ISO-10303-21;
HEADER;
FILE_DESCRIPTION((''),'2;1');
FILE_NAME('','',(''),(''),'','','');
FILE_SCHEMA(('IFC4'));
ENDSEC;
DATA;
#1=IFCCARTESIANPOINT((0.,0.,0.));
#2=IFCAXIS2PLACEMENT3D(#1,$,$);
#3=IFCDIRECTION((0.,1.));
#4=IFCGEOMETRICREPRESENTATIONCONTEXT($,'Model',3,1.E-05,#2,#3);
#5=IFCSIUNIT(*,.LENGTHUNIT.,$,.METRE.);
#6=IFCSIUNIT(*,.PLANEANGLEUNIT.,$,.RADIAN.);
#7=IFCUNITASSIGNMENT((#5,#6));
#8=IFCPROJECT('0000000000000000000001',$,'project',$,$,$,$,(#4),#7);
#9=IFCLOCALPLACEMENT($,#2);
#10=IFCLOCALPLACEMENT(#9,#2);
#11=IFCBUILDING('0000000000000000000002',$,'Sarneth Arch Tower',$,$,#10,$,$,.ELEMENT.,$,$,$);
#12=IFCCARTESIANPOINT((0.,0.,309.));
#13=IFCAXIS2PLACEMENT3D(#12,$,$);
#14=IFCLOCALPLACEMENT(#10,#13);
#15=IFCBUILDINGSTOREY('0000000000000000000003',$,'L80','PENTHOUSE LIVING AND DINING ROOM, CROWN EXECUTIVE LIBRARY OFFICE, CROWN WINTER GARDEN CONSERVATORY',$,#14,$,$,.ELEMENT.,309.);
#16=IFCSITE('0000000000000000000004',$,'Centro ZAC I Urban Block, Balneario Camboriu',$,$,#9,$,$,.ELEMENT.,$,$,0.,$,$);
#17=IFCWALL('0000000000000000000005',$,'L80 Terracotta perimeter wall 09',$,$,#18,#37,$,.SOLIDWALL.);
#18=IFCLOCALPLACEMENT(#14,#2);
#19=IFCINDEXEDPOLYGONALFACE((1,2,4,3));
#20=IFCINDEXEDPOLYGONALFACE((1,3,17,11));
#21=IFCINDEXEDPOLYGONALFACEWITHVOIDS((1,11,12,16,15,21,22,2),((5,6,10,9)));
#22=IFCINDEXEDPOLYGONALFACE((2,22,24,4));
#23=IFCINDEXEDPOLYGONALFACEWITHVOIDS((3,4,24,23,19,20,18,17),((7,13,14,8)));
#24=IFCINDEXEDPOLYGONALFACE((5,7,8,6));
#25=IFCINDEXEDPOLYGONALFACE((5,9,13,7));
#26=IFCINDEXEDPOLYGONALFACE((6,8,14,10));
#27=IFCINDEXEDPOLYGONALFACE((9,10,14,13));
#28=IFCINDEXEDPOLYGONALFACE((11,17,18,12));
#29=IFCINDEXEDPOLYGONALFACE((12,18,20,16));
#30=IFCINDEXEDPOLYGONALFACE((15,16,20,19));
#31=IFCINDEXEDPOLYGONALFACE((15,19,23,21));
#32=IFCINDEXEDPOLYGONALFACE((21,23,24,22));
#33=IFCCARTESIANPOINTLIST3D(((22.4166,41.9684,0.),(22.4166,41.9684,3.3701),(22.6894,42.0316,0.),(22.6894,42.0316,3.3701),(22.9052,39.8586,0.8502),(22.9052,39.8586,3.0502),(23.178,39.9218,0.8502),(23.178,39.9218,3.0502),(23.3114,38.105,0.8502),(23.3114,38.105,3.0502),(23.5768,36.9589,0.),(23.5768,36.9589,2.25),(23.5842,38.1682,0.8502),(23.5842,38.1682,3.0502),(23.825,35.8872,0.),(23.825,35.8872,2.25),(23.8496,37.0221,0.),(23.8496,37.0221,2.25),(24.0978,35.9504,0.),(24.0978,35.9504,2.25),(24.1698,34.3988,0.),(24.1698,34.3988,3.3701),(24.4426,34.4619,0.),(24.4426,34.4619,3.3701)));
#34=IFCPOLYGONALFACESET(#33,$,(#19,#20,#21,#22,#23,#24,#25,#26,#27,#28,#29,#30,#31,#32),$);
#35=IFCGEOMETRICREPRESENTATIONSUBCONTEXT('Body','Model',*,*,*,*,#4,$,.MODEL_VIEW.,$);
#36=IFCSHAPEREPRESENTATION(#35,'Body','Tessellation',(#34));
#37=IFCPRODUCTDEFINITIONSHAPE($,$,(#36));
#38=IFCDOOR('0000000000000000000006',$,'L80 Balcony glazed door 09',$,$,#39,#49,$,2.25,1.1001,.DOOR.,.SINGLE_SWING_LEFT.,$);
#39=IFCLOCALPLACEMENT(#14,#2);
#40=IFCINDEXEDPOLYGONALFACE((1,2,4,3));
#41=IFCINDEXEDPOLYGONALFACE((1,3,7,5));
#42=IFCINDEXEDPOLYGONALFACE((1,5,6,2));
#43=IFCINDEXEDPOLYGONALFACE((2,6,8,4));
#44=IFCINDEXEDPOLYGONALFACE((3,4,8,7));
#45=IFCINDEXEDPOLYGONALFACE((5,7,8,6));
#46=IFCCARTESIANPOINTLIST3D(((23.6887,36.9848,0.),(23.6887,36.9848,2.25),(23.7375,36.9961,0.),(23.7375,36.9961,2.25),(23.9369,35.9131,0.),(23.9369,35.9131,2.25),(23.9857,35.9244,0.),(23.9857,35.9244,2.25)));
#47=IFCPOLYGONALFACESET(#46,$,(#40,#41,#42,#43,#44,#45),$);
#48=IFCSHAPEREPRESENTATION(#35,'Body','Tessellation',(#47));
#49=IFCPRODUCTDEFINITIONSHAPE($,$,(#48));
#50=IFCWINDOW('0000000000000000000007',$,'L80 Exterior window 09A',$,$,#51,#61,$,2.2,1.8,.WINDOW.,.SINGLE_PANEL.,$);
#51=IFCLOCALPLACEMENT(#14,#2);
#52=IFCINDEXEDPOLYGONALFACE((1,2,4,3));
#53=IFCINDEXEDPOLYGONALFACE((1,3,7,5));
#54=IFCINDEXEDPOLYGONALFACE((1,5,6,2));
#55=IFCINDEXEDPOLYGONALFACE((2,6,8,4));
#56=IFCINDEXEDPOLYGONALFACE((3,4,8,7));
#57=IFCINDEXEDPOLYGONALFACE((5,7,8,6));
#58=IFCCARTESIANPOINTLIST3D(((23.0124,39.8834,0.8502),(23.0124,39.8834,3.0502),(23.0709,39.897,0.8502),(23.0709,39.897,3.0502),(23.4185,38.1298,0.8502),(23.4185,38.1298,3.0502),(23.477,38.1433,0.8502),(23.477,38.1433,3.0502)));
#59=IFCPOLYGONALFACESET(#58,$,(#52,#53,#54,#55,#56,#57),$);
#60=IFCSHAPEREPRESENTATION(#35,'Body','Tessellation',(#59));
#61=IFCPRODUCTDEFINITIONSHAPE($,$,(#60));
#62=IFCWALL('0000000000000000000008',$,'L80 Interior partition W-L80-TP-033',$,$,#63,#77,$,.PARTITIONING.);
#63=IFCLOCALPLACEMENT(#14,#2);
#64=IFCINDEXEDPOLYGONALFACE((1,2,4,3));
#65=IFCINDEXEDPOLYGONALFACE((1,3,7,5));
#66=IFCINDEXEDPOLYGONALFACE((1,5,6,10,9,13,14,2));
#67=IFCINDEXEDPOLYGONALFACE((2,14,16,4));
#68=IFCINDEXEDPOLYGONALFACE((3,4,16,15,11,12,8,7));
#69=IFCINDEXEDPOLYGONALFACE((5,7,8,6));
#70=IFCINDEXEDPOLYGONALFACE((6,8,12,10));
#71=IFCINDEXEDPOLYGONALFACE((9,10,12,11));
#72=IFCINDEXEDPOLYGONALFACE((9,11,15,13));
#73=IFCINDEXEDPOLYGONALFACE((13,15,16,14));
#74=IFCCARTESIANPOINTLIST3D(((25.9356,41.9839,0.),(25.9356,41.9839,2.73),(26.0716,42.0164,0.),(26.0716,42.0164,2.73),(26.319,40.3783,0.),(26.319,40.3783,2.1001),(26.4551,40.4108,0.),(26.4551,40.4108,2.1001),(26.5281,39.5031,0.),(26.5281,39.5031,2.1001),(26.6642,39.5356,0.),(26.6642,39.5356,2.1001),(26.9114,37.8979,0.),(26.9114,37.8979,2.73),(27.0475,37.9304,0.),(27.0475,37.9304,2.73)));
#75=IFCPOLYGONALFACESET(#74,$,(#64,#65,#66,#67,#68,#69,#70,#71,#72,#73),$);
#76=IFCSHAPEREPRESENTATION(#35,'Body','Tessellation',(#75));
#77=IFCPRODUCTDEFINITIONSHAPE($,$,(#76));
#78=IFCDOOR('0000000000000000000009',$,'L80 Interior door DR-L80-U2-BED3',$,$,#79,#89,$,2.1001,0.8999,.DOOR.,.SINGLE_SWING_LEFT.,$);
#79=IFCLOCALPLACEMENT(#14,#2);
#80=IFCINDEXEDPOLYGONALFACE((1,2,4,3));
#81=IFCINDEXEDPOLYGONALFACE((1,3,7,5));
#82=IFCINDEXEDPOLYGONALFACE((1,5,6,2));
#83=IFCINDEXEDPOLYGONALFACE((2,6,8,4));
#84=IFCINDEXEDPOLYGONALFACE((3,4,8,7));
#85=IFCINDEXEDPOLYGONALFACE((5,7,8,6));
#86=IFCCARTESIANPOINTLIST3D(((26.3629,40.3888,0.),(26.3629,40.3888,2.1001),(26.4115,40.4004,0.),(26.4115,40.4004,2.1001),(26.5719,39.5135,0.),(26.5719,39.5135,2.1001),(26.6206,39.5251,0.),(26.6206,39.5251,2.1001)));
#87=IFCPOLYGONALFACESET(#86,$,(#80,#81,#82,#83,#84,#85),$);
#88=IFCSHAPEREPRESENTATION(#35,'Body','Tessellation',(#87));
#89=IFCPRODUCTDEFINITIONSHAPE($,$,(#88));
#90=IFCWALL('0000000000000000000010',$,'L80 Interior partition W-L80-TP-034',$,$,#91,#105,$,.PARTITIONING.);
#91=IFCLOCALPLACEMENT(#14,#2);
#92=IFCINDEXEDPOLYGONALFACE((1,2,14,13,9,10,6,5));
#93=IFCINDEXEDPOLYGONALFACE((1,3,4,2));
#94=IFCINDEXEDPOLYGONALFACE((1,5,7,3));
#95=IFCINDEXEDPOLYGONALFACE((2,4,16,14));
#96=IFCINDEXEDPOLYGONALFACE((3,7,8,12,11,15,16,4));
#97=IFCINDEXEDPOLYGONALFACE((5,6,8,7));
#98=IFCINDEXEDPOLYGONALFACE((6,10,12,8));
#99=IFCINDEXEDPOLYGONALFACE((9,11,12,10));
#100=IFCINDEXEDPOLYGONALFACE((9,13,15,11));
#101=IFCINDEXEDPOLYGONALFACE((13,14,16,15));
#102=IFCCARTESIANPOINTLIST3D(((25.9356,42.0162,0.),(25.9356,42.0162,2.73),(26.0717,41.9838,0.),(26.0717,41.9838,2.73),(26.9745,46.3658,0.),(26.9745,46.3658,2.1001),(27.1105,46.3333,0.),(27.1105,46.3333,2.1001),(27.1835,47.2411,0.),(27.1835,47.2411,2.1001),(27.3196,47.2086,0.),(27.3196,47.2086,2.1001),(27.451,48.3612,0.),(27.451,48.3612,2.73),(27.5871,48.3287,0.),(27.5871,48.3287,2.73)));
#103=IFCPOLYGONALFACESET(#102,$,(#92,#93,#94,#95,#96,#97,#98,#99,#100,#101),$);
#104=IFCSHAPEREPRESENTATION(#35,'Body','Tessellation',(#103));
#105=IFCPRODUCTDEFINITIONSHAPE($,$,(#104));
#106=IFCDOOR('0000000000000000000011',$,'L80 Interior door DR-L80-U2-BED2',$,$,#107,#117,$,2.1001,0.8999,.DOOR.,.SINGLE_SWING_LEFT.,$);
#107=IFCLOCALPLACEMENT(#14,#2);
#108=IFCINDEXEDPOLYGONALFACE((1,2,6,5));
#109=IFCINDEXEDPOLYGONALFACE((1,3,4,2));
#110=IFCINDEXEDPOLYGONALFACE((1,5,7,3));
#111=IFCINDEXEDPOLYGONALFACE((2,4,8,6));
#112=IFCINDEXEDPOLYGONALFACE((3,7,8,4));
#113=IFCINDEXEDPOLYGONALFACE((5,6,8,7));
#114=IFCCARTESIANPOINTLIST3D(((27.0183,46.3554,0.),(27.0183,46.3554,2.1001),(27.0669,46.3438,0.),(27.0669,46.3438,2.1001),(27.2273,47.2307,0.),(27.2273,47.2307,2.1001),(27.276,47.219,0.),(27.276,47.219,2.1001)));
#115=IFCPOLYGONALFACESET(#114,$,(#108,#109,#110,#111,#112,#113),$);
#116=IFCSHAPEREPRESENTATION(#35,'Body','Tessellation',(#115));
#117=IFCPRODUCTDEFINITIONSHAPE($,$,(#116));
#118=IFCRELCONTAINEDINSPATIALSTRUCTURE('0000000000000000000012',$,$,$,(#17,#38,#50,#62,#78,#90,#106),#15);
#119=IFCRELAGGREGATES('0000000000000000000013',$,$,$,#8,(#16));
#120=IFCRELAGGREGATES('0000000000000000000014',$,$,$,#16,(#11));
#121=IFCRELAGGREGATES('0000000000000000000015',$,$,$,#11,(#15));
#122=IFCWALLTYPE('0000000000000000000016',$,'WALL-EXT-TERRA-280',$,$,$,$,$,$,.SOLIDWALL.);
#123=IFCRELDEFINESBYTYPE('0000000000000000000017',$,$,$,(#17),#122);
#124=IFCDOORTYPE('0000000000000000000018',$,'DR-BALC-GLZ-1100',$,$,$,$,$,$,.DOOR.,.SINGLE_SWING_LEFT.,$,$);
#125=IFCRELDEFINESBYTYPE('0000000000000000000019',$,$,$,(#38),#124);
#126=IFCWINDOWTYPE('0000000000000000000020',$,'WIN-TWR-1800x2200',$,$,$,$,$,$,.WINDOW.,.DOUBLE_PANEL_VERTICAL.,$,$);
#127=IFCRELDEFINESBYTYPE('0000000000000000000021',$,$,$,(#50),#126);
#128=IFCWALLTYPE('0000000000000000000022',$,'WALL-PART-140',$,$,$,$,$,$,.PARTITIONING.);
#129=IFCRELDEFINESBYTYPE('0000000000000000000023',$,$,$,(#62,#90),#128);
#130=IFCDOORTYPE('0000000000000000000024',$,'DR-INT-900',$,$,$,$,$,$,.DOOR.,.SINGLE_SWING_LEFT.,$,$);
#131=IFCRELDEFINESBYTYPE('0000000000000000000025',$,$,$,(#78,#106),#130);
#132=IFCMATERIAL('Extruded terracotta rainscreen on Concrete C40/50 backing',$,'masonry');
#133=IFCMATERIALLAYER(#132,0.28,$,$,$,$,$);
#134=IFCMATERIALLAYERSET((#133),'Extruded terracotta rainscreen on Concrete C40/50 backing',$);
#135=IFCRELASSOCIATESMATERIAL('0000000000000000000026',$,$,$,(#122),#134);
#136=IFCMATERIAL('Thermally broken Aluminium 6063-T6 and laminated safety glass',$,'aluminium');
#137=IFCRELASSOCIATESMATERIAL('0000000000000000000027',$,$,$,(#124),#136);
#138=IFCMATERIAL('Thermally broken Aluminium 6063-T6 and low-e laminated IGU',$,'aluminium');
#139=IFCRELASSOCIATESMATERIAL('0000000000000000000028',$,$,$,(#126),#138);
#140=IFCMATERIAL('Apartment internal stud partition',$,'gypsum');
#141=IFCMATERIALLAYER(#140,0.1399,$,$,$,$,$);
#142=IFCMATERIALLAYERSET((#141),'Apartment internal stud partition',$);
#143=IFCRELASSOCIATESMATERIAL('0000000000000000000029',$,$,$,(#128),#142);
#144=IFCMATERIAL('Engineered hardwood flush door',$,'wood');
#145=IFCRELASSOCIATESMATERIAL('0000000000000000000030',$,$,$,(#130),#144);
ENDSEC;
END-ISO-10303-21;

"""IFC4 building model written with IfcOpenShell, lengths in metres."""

from ifc_helpers import new_model, si_unit, direction, frame, frame_2d, origin, place, context, subcontext, project, spatial, rectangle, extrude, material, layer, layer_set, type_object, element, fill, save


model = new_model("IFC4")

# Units and contexts
model_context = context("Model", 3, precision=1e-05, world=origin(), true_north=direction((0.0, 1.0)))
body_context = subcontext(model_context, "Body", "Model", "MODEL_VIEW")
ifc_project = project(units=[si_unit("LENGTHUNIT", "METRE"), si_unit("PLANEANGLEUNIT", "RADIAN")], contexts=[model_context])

# Site, building, storey
site_placement = place(None, origin())
site = spatial("IfcSite", under=ifc_project, at=site_placement, Name="Centro ZAC I Urban Block, Balneario Camboriu", CompositionType="ELEMENT", RefElevation=0.0)
building_placement = place(site_placement, origin())
building = spatial("IfcBuilding", under=site, at=building_placement, Name="Sarneth Arch Tower", CompositionType="ELEMENT")
storey_placement = place(building_placement, frame((0.0, 0.0, 309.0)))
storey = spatial("IfcBuildingStorey", under=building, at=storey_placement, Name="L80", Description="PENTHOUSE LIVING AND DINING ROOM, CROWN EXECUTIVE LIBRARY OFFICE, CROWN WINTER GARDEN CONSERVATORY", CompositionType="ELEMENT", Elevation=309.0)

# Wall, openings, door, window
ifc_material_1 = material(Name="Extruded terracotta rainscreen on Concrete C40/50 backing", Category="masonry")
ifc_layer_1 = layer(ifc_material_1, 0.28)
ifc_layer_set_1 = layer_set([ifc_layer_1], Name="Extruded terracotta rainscreen on Concrete C40/50 backing")
wall_type_1 = type_object("IfcWallType", Name="WALL-EXT-TERRA-280", PredefinedType="SOLIDWALL", material=ifc_layer_set_1)
wall_1_placement = place(storey_placement, frame((22.553, 42.0, 0.0), z_axis=(0.0, 0.0, 1.0), x_axis=(0.225635, -0.974212, 0.0)))
wall_1 = element("IfcWall", 1, at=wall_1_placement, inside=storey, type_object=wall_type_1, Name="L80 Terracotta perimeter wall 09", PredefinedType="SOLIDWALL", context=body_context, shape_type="SweptSolid", body=[
    extrude(rectangle(XDim=7.77, YDim=0.28, at=frame_2d((3.885, 0.0))), origin(), (0.0, 0.0, 1.0), 3.3701),
])
opening_1_placement = place(wall_1_placement, frame((2.1658, 0.0, 0.8501)))
opening_1 = element("IfcOpeningElement", 2, at=opening_1_placement, cuts=wall_1, PredefinedType="OPENING", context=body_context, shape_type="SweptSolid", body=[
    extrude(rectangle(XDim=1.8, YDim=2.2, at=frame_2d((0.8999, 1.1001))), frame((0.0, 0.1499, 0.0), z_axis=(0.0, -1.0, 0.0), x_axis=(1.0, 0.0, 0.0)), (0.0, 0.0, 1.0), 0.3),
])
opening_2_placement = place(wall_1_placement, frame((5.1421, 0.0, 0.0)))
opening_2 = element("IfcOpeningElement", 3, at=opening_2_placement, cuts=wall_1, PredefinedType="OPENING", context=body_context, shape_type="SweptSolid", body=[
    extrude(rectangle(XDim=1.1001, YDim=2.25, at=frame_2d((0.55, 1.125))), frame((0.0, 0.1499, 0.0), z_axis=(0.0, -1.0, 0.0), x_axis=(1.0, 0.0, 0.0)), (0.0, 0.0, 1.0), 0.3),
])
ifc_material_2 = material(Name="Thermally broken Aluminium 6063-T6 and laminated safety glass", Category="aluminium")
door_type_1 = type_object("IfcDoorType", Name="DR-BALC-GLZ-1100", OperationType="SINGLE_SWING_LEFT", PredefinedType="DOOR", material=ifc_material_2)
door_1_placement = place(opening_2_placement, origin())
door_1 = element("IfcDoor", 4, at=door_1_placement, inside=storey, type_object=door_type_1, Name="L80 Balcony glazed door 09", OperationType="SINGLE_SWING_LEFT", OverallHeight=2.25, OverallWidth=1.1001, PredefinedType="DOOR", context=body_context, shape_type="SweptSolid", body=[
    extrude(rectangle(XDim=1.1001, YDim=2.25, at=frame_2d((0.55, 1.125))), frame((0.0, 0.0249, 0.0), z_axis=(0.0, -1.0, 0.0), x_axis=(1.0, 0.0, 0.0)), (0.0, 0.0, 1.0), 0.05),
])
fill(opening_2, door_1)
ifc_material_3 = material(Name="Thermally broken Aluminium 6063-T6 and low-e laminated IGU", Category="aluminium")
window_type = type_object("IfcWindowType", Name="WIN-TWR-1800x2200", PartitioningType="DOUBLE_PANEL_VERTICAL", PredefinedType="WINDOW", material=ifc_material_3)
window_placement = place(opening_1_placement, origin())
window = element("IfcWindow", 5, at=window_placement, inside=storey, type_object=window_type, Name="L80 Exterior window 09A", OverallHeight=2.2, OverallWidth=1.8, PartitioningType="SINGLE_PANEL", PredefinedType="WINDOW", context=body_context, shape_type="SweptSolid", body=[
    extrude(rectangle(XDim=1.8, YDim=2.2, at=frame_2d((0.8999, 1.1001))), frame((0.0, 0.03, 0.0), z_axis=(0.0, -1.0, 0.0), x_axis=(1.0, 0.0, 0.0)), (0.0, 0.0, 1.0), 0.0601),
])
fill(opening_1, window)

# Walls, openings, doors
ifc_material_4 = material(Name="Apartment internal stud partition", Category="gypsum")
ifc_layer_2 = layer(ifc_material_4, 0.1399)
ifc_layer_set_2 = layer_set([ifc_layer_2], Name="Apartment internal stud partition")
wall_type_2 = type_object("IfcWallType", Name="WALL-PART-140", PredefinedType="PARTITIONING", material=ifc_layer_set_2)
wall_2_placement = place(storey_placement, frame((26.9795, 37.9141, 0.0), z_axis=(0.0, 0.0, 1.0), x_axis=(-0.232294, 0.972646, 0.0)))
wall_2 = element("IfcWall", 6, at=wall_2_placement, inside=storey, type_object=wall_type_2, Name="L80 Interior partition W-L80-TP-033", PredefinedType="PARTITIONING", context=body_context, shape_type="SweptSolid", body=[
    extrude(rectangle(XDim=4.2009, YDim=0.1399, at=frame_2d((2.1006, 0.0))), origin(), (0.0, 0.0, 1.0), 2.73),
])
opening_3_placement = place(wall_2_placement, frame((1.6504, 0.0, 0.0)))
opening_3 = element("IfcOpeningElement", 7, at=opening_3_placement, cuts=wall_2, PredefinedType="OPENING", context=body_context, shape_type="SweptSolid", body=[
    extrude(rectangle(XDim=0.8999, YDim=2.1001, at=frame_2d((0.45, 1.05))), frame((0.0, 0.0798, 0.0), z_axis=(0.0, -1.0, 0.0), x_axis=(1.0, 0.0, 0.0)), (0.0, 0.0, 1.0), 0.1599),
])
ifc_material_5 = material(Name="Engineered hardwood flush door", Category="wood")
door_type_2 = type_object("IfcDoorType", Name="DR-INT-900", OperationType="SINGLE_SWING_LEFT", PredefinedType="DOOR", material=ifc_material_5)
door_2_placement = place(opening_3_placement, origin())
door_2 = element("IfcDoor", 8, at=door_2_placement, inside=storey, type_object=door_type_2, Name="L80 Interior door DR-L80-U2-BED3", OperationType="SINGLE_SWING_LEFT", OverallHeight=2.1001, OverallWidth=0.8999, PredefinedType="DOOR", context=body_context, shape_type="SweptSolid", body=[
    extrude(rectangle(XDim=0.8999, YDim=2.1001, at=frame_2d((0.45, 1.05))), frame((0.0, 0.0249, 0.0), z_axis=(0.0, -1.0, 0.0), x_axis=(1.0, 0.0, 0.0)), (0.0, 0.0, 1.0), 0.05),
])
fill(opening_3, door_2)
wall_3_placement = place(storey_placement, frame((26.0037, 42.0, 0.0), z_axis=(0.0, 0.0, 1.0), x_axis=(0.232298, 0.972645, 0.0)))
wall_3 = element("IfcWall", 9, at=wall_3_placement, inside=storey, type_object=wall_type_2, Name="L80 Interior partition W-L80-TP-034", PredefinedType="PARTITIONING", context=body_context, shape_type="SweptSolid", body=[
    extrude(rectangle(XDim=6.5234, YDim=0.1399, at=frame_2d((3.2617, 0.0))), origin(), (0.0, 0.0, 1.0), 2.73),
])
opening_4_placement = place(wall_3_placement, frame((4.4719, 0.0, 0.0)))
opening_4 = element("IfcOpeningElement", 10, at=opening_4_placement, cuts=wall_3, PredefinedType="OPENING", context=body_context, shape_type="SweptSolid", body=[
    extrude(rectangle(XDim=0.8999, YDim=2.1001, at=frame_2d((0.45, 1.05))), frame((0.0, 0.0798, 0.0), z_axis=(0.0, -1.0, 0.0), x_axis=(1.0, 0.0, 0.0)), (0.0, 0.0, 1.0), 0.1599),
])
door_3_placement = place(opening_4_placement, origin())
door_3 = element("IfcDoor", 11, at=door_3_placement, inside=storey, type_object=door_type_2, Name="L80 Interior door DR-L80-U2-BED2", OperationType="SINGLE_SWING_LEFT", OverallHeight=2.1001, OverallWidth=0.8999, PredefinedType="DOOR", context=body_context, shape_type="SweptSolid", body=[
    extrude(rectangle(XDim=0.8999, YDim=2.1001, at=frame_2d((0.45, 1.05))), frame((0.0, 0.0249, 0.0), z_axis=(0.0, -1.0, 0.0), x_axis=(1.0, 0.0, 0.0)), (0.0, 0.0, 1.0), 0.05),
])
fill(opening_4, door_3)

save(model, "model.ifc")
